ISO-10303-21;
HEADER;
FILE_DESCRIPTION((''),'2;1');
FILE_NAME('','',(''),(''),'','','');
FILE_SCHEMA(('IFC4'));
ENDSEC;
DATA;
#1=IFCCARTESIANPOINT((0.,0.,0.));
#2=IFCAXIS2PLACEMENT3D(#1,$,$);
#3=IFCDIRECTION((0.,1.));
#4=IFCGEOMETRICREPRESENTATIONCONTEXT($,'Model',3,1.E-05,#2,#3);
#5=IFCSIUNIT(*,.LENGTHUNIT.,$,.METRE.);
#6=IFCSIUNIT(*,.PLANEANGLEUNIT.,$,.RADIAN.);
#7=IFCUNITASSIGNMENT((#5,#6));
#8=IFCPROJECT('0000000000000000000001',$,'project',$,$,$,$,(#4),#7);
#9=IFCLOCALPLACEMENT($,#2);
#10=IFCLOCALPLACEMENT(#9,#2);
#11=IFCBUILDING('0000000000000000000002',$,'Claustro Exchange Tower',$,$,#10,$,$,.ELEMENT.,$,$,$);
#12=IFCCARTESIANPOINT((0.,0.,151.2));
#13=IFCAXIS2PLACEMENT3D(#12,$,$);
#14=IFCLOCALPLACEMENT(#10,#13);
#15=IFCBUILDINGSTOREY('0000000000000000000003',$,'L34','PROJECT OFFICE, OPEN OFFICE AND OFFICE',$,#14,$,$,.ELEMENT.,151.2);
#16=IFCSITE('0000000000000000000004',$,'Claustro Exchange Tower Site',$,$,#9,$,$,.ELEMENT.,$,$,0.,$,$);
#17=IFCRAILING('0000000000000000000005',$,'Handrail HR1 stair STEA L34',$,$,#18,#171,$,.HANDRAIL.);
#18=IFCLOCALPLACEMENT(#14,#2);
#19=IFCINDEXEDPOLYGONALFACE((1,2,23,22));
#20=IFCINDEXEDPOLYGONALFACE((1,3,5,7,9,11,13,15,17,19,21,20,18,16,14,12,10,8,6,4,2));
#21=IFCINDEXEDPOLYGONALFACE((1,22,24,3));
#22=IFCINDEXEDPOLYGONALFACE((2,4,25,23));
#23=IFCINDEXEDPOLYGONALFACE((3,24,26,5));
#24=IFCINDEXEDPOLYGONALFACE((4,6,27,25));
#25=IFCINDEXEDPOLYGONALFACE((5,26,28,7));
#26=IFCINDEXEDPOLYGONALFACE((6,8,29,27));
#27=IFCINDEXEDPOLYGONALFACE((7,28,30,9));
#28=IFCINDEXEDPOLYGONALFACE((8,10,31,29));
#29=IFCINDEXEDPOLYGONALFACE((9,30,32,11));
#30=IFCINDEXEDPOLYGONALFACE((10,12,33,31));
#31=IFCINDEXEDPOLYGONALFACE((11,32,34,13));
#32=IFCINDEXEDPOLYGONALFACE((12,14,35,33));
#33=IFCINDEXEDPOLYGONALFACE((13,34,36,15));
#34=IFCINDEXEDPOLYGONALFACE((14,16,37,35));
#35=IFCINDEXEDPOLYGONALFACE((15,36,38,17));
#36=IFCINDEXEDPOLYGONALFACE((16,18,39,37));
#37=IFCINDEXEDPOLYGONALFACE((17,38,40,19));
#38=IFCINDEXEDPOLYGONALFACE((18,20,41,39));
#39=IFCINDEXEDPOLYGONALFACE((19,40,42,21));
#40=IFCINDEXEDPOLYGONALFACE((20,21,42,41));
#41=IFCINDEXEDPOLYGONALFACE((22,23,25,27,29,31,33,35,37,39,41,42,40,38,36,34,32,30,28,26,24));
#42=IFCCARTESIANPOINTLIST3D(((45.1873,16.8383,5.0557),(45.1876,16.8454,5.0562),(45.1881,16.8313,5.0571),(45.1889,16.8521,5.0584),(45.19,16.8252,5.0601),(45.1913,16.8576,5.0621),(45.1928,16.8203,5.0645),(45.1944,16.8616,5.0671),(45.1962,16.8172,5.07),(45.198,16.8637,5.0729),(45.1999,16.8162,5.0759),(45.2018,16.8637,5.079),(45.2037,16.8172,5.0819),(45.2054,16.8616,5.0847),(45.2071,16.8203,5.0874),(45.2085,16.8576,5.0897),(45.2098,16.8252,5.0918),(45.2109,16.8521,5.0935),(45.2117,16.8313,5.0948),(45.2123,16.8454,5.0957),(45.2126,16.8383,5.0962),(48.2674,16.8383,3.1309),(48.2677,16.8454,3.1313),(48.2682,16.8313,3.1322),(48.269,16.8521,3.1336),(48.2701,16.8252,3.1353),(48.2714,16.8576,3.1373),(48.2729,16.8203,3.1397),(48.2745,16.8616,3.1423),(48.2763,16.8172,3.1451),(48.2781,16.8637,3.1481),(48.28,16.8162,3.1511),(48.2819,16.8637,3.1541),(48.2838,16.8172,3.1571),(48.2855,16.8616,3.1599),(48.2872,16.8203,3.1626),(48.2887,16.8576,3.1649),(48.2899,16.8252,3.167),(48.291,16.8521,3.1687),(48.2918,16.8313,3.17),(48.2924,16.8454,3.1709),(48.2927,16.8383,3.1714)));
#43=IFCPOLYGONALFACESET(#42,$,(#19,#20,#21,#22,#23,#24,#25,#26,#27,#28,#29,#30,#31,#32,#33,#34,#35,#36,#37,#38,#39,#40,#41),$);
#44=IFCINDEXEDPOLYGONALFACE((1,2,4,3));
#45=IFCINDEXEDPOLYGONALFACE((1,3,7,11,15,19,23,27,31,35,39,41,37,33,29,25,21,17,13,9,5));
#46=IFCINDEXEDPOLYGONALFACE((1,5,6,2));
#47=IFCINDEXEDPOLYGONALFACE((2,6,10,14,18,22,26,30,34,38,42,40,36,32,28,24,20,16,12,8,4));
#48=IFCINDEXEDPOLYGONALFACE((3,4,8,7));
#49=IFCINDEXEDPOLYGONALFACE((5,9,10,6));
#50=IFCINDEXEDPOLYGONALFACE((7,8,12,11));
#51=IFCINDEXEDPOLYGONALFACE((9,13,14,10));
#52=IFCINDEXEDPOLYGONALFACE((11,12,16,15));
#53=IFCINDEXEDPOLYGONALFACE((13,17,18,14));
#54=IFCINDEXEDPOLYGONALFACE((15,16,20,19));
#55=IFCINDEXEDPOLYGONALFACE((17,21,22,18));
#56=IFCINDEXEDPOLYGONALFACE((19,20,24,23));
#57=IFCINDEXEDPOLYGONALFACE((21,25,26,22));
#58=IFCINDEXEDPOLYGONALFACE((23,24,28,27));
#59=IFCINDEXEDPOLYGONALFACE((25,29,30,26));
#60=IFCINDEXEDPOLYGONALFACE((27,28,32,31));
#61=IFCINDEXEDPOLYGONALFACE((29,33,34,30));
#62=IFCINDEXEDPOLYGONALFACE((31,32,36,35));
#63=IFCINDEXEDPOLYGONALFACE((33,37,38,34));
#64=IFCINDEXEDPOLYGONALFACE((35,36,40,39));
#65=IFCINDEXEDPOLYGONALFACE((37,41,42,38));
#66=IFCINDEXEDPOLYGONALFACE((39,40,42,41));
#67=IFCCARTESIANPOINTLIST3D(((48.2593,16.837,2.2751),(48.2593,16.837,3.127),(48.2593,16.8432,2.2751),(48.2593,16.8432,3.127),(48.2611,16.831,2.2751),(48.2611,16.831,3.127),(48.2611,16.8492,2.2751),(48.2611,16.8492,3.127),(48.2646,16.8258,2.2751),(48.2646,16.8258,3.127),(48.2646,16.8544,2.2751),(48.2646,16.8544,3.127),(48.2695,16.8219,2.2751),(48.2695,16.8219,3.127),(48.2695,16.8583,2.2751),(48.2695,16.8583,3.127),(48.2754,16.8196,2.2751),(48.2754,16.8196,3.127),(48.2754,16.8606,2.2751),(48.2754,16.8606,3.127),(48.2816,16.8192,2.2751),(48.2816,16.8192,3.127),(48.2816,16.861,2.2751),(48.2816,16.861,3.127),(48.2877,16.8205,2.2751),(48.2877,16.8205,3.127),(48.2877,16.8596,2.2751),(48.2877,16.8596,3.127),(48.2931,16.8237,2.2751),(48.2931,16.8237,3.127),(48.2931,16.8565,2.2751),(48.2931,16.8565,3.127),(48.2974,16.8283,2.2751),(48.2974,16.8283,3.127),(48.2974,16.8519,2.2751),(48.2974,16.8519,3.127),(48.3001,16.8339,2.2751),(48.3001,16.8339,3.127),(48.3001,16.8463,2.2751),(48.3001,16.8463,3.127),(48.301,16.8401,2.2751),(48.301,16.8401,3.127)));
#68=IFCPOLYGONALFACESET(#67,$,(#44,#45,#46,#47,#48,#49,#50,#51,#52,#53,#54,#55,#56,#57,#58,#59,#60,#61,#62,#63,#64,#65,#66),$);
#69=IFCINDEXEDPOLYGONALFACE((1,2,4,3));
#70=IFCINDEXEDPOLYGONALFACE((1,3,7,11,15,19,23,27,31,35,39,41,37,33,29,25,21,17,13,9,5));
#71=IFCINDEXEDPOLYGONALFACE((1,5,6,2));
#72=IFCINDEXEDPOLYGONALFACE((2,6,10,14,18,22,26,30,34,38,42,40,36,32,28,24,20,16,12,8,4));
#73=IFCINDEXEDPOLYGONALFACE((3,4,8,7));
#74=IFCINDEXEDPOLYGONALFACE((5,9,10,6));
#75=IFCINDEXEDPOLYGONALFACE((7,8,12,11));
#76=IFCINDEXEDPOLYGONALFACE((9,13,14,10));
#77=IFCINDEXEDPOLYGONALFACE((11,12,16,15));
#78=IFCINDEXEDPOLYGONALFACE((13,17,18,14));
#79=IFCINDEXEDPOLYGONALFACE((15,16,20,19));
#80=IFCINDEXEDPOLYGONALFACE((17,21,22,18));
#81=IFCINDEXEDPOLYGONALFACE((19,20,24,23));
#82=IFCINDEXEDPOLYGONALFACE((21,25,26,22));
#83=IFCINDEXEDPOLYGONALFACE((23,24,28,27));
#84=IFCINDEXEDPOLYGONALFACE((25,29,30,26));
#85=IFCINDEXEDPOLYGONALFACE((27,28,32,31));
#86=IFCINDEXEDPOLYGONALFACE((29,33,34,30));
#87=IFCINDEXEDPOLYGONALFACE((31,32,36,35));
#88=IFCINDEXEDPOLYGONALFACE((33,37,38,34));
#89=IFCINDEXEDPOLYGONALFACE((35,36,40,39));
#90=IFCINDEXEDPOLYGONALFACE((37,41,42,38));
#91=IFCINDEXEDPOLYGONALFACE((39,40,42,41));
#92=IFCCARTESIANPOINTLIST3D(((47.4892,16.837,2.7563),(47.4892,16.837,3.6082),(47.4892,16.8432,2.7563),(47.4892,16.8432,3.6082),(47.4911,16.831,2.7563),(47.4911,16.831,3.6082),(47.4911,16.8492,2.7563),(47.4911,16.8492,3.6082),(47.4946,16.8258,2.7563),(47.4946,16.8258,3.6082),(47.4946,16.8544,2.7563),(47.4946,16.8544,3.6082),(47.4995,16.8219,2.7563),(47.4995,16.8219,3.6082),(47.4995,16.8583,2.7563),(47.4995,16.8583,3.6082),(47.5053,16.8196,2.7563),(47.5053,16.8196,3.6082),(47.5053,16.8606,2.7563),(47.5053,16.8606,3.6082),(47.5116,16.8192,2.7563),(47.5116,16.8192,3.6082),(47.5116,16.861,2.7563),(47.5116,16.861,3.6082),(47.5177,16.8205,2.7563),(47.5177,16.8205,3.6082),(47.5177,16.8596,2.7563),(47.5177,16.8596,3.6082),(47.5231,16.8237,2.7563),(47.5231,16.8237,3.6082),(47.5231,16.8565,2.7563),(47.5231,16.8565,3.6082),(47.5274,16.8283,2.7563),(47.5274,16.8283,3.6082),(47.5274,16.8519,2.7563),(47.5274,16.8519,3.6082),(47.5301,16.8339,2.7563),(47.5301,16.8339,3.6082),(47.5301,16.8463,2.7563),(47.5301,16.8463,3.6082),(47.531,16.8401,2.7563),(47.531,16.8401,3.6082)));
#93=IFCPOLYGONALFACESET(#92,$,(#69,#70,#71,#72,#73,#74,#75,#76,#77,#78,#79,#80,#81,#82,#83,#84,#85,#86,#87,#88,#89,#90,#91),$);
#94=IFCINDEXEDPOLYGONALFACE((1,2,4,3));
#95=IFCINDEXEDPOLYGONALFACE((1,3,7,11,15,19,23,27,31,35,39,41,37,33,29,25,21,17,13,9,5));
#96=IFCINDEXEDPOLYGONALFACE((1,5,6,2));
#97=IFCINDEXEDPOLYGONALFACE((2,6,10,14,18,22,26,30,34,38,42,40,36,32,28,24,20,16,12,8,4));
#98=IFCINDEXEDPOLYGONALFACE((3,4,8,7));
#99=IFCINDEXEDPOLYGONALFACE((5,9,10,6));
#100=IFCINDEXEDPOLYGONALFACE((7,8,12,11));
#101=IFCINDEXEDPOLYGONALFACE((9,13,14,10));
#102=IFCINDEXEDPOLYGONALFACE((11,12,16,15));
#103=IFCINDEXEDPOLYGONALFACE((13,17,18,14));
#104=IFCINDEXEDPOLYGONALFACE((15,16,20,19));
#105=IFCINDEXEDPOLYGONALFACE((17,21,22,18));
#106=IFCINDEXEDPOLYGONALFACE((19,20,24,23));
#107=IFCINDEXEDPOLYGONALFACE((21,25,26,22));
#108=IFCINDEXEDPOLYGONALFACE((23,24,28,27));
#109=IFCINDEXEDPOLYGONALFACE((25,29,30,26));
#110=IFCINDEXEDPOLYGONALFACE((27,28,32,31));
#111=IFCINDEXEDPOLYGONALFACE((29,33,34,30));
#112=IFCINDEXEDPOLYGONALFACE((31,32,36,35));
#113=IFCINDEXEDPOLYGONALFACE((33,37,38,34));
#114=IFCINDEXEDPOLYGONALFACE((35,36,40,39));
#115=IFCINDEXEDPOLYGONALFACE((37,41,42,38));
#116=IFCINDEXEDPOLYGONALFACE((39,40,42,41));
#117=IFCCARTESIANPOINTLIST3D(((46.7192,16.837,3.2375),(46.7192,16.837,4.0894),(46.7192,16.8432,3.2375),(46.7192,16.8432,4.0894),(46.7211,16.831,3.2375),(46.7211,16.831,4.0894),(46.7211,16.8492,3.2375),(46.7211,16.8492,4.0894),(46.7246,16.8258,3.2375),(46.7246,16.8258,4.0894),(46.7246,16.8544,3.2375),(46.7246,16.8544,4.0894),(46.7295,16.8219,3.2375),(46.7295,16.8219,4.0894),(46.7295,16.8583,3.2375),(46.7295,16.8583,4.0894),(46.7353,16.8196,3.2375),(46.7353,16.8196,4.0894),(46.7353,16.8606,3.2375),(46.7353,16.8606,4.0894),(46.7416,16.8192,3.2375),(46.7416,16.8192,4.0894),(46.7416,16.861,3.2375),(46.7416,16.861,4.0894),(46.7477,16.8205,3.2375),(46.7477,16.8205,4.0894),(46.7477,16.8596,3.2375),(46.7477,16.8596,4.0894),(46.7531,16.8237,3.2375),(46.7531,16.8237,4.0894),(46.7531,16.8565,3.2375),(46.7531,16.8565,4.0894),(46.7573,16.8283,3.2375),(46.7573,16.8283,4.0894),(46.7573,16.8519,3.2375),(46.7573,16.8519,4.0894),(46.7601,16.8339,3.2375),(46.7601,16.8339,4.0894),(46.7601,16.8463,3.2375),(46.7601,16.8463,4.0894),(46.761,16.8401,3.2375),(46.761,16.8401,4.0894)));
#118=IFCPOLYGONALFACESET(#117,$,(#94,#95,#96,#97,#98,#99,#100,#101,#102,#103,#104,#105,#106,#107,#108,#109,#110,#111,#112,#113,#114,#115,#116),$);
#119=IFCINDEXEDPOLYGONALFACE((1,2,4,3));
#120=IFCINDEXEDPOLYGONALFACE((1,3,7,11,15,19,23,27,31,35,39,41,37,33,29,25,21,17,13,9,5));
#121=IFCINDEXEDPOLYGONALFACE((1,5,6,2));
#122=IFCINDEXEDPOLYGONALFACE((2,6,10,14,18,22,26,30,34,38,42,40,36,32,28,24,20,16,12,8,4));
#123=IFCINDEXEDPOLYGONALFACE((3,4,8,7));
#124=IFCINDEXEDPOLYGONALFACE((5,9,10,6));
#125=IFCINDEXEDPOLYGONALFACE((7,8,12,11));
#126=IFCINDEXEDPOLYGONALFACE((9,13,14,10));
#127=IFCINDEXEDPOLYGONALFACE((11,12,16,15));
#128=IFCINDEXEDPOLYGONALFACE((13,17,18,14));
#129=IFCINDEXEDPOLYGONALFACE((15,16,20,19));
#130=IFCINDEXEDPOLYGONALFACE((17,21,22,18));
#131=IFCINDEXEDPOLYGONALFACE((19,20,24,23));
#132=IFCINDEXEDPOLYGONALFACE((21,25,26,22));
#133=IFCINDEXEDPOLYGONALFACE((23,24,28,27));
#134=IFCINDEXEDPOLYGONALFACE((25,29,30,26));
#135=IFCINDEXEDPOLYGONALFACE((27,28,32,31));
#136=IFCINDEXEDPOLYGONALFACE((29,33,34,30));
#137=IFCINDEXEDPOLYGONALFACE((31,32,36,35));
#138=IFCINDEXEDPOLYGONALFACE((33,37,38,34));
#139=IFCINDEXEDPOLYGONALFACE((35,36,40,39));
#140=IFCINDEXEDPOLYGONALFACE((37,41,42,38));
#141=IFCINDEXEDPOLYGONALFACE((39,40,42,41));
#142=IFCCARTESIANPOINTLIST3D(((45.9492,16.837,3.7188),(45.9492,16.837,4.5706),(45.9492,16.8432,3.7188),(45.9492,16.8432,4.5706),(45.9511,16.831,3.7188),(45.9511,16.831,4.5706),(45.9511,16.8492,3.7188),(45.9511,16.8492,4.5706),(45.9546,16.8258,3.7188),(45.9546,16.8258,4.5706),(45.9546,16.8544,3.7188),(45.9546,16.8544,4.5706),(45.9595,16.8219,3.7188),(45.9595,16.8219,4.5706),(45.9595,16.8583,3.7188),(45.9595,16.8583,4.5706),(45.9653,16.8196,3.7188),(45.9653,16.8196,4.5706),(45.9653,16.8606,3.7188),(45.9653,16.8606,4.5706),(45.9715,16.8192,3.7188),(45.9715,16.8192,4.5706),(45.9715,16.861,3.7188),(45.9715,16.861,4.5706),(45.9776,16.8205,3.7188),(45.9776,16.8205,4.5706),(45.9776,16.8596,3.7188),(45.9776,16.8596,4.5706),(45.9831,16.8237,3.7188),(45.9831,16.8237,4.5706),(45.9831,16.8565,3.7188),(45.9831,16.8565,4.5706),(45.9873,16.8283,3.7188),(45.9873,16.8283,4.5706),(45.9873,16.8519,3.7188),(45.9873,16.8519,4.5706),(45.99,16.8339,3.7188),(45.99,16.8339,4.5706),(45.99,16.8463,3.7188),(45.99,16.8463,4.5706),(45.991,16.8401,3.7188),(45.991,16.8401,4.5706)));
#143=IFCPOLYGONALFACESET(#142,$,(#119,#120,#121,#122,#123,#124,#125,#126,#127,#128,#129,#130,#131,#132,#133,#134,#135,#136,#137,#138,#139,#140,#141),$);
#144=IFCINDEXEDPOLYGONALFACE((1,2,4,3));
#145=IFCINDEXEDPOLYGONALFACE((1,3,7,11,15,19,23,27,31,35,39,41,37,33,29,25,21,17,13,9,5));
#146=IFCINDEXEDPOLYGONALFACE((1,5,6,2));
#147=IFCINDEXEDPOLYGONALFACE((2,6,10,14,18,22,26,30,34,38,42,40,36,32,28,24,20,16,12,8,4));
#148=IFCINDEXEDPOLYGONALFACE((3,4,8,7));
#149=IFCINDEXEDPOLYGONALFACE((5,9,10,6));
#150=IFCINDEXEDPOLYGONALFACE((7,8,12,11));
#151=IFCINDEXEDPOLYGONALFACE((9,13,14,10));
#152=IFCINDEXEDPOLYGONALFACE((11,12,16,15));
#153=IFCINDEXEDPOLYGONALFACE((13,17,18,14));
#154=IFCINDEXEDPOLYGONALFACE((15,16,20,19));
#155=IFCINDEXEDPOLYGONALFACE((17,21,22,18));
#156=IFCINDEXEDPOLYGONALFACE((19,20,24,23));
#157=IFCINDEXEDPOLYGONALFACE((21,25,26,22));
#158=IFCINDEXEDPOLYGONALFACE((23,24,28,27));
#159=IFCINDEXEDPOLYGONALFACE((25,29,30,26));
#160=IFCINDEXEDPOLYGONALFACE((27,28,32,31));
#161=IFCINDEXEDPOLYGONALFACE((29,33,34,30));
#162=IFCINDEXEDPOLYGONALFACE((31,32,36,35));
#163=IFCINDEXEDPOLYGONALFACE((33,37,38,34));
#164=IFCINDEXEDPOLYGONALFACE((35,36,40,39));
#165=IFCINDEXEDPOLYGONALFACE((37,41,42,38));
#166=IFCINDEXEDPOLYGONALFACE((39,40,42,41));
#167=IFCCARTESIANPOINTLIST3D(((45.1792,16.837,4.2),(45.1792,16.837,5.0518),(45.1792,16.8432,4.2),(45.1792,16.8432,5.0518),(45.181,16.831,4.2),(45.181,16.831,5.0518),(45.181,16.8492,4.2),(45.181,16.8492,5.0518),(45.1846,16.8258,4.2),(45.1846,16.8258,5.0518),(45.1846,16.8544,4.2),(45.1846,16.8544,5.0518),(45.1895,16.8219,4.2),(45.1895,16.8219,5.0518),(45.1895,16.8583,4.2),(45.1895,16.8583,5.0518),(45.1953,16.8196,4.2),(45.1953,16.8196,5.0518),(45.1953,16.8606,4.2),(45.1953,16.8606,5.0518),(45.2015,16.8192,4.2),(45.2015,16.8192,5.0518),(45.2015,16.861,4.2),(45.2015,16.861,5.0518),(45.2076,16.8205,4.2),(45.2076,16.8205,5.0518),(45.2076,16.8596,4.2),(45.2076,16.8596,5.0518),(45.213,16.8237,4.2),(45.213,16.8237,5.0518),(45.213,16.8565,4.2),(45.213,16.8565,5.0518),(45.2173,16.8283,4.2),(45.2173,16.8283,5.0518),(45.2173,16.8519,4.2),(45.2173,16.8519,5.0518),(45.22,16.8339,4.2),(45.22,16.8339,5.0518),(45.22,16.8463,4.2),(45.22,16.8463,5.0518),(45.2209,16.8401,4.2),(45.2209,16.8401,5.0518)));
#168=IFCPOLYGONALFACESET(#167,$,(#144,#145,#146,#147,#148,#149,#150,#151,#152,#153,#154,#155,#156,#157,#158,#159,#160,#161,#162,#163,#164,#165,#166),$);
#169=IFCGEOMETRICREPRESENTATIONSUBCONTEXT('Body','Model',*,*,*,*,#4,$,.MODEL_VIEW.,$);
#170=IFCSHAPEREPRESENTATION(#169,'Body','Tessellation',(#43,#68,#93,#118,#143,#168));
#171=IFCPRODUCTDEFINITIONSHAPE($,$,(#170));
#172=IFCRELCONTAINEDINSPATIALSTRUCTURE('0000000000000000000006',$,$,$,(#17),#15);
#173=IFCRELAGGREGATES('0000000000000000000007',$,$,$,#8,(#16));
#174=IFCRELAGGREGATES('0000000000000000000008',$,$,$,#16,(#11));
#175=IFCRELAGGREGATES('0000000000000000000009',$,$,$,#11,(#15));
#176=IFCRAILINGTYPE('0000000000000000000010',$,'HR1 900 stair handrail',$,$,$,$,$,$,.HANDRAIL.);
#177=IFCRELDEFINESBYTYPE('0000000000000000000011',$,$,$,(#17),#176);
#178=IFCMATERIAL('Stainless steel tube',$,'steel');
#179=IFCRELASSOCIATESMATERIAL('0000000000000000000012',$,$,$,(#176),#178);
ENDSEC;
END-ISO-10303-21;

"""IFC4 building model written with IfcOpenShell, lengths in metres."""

from ifc_helpers import new_model, si_unit, direction, frame, origin, origin_2d, place, context, subcontext, project, spatial, circle, extrude, material, type_object, element, save


model = new_model("IFC4")

# Units and contexts
model_context = context("Model", 3, precision=1e-05, world=origin(), true_north=direction((0.0, 1.0)))
body_context = subcontext(model_context, "Body", "Model", "MODEL_VIEW")
ifc_project = project(units=[si_unit("LENGTHUNIT", "METRE"), si_unit("PLANEANGLEUNIT", "RADIAN")], contexts=[model_context])

# Site, building, storey
site_placement = place(None, origin())
site = spatial("IfcSite", under=ifc_project, at=site_placement, Name="Claustro Exchange Tower Site", CompositionType="ELEMENT", RefElevation=0.0)
building_placement = place(site_placement, origin())
building = spatial("IfcBuilding", under=site, at=building_placement, Name="Claustro Exchange Tower", CompositionType="ELEMENT")
storey_placement = place(building_placement, frame((0.0, 0.0, 151.2)))
storey = spatial("IfcBuildingStorey", under=building, at=storey_placement, Name="L34", Description="PROJECT OFFICE, OPEN OFFICE AND OFFICE", CompositionType="ELEMENT", Elevation=151.2)

# Railing
ifc_material_1 = material(Name="Stainless steel tube", Category="steel")
railing_type_1 = type_object("IfcRailingType", Name="HR1 900 stair handrail", PredefinedType="HANDRAIL", material=ifc_material_1)
railing_1_placement = place(storey_placement, frame((48.28, 16.8401, 2.2751)))
element("IfcRailing", 1, at=railing_1_placement, inside=storey, type_object=railing_type_1, Name="Handrail HR1 stair STEA L34", PredefinedType="HANDRAIL", context=body_context, shape_type="SweptSolid", body=[
    extrude(circle(Radius=0.0239, at=origin_2d()), frame((0.0, 0.0, 0.876), z_axis=(-0.848029, 0.0, 0.529951), x_axis=(0.0, -1.0, 0.0)), (0.0, 0.0, 1.0), 3.6321),
    extrude(circle(Radius=0.021, at=origin_2d()), origin(), (0.0, 0.0, 1.0), 0.8518),
    extrude(circle(Radius=0.021, at=origin_2d()), frame((-0.77, 0.0, 0.4812)), (0.0, 0.0, 1.0), 0.8518),
    extrude(circle(Radius=0.021, at=origin_2d()), frame((-1.54, 0.0, 0.9624)), (0.0, 0.0, 1.0), 0.8518),
    extrude(circle(Radius=0.021, at=origin_2d()), frame((-2.3101, 0.0, 1.4436)), (0.0, 0.0, 1.0), 0.8518),
    extrude(circle(Radius=0.021, at=origin_2d()), frame((-3.0801, 0.0, 1.9248)), (0.0, 0.0, 1.0), 0.8518),
])

save(model, "model.ifc")
